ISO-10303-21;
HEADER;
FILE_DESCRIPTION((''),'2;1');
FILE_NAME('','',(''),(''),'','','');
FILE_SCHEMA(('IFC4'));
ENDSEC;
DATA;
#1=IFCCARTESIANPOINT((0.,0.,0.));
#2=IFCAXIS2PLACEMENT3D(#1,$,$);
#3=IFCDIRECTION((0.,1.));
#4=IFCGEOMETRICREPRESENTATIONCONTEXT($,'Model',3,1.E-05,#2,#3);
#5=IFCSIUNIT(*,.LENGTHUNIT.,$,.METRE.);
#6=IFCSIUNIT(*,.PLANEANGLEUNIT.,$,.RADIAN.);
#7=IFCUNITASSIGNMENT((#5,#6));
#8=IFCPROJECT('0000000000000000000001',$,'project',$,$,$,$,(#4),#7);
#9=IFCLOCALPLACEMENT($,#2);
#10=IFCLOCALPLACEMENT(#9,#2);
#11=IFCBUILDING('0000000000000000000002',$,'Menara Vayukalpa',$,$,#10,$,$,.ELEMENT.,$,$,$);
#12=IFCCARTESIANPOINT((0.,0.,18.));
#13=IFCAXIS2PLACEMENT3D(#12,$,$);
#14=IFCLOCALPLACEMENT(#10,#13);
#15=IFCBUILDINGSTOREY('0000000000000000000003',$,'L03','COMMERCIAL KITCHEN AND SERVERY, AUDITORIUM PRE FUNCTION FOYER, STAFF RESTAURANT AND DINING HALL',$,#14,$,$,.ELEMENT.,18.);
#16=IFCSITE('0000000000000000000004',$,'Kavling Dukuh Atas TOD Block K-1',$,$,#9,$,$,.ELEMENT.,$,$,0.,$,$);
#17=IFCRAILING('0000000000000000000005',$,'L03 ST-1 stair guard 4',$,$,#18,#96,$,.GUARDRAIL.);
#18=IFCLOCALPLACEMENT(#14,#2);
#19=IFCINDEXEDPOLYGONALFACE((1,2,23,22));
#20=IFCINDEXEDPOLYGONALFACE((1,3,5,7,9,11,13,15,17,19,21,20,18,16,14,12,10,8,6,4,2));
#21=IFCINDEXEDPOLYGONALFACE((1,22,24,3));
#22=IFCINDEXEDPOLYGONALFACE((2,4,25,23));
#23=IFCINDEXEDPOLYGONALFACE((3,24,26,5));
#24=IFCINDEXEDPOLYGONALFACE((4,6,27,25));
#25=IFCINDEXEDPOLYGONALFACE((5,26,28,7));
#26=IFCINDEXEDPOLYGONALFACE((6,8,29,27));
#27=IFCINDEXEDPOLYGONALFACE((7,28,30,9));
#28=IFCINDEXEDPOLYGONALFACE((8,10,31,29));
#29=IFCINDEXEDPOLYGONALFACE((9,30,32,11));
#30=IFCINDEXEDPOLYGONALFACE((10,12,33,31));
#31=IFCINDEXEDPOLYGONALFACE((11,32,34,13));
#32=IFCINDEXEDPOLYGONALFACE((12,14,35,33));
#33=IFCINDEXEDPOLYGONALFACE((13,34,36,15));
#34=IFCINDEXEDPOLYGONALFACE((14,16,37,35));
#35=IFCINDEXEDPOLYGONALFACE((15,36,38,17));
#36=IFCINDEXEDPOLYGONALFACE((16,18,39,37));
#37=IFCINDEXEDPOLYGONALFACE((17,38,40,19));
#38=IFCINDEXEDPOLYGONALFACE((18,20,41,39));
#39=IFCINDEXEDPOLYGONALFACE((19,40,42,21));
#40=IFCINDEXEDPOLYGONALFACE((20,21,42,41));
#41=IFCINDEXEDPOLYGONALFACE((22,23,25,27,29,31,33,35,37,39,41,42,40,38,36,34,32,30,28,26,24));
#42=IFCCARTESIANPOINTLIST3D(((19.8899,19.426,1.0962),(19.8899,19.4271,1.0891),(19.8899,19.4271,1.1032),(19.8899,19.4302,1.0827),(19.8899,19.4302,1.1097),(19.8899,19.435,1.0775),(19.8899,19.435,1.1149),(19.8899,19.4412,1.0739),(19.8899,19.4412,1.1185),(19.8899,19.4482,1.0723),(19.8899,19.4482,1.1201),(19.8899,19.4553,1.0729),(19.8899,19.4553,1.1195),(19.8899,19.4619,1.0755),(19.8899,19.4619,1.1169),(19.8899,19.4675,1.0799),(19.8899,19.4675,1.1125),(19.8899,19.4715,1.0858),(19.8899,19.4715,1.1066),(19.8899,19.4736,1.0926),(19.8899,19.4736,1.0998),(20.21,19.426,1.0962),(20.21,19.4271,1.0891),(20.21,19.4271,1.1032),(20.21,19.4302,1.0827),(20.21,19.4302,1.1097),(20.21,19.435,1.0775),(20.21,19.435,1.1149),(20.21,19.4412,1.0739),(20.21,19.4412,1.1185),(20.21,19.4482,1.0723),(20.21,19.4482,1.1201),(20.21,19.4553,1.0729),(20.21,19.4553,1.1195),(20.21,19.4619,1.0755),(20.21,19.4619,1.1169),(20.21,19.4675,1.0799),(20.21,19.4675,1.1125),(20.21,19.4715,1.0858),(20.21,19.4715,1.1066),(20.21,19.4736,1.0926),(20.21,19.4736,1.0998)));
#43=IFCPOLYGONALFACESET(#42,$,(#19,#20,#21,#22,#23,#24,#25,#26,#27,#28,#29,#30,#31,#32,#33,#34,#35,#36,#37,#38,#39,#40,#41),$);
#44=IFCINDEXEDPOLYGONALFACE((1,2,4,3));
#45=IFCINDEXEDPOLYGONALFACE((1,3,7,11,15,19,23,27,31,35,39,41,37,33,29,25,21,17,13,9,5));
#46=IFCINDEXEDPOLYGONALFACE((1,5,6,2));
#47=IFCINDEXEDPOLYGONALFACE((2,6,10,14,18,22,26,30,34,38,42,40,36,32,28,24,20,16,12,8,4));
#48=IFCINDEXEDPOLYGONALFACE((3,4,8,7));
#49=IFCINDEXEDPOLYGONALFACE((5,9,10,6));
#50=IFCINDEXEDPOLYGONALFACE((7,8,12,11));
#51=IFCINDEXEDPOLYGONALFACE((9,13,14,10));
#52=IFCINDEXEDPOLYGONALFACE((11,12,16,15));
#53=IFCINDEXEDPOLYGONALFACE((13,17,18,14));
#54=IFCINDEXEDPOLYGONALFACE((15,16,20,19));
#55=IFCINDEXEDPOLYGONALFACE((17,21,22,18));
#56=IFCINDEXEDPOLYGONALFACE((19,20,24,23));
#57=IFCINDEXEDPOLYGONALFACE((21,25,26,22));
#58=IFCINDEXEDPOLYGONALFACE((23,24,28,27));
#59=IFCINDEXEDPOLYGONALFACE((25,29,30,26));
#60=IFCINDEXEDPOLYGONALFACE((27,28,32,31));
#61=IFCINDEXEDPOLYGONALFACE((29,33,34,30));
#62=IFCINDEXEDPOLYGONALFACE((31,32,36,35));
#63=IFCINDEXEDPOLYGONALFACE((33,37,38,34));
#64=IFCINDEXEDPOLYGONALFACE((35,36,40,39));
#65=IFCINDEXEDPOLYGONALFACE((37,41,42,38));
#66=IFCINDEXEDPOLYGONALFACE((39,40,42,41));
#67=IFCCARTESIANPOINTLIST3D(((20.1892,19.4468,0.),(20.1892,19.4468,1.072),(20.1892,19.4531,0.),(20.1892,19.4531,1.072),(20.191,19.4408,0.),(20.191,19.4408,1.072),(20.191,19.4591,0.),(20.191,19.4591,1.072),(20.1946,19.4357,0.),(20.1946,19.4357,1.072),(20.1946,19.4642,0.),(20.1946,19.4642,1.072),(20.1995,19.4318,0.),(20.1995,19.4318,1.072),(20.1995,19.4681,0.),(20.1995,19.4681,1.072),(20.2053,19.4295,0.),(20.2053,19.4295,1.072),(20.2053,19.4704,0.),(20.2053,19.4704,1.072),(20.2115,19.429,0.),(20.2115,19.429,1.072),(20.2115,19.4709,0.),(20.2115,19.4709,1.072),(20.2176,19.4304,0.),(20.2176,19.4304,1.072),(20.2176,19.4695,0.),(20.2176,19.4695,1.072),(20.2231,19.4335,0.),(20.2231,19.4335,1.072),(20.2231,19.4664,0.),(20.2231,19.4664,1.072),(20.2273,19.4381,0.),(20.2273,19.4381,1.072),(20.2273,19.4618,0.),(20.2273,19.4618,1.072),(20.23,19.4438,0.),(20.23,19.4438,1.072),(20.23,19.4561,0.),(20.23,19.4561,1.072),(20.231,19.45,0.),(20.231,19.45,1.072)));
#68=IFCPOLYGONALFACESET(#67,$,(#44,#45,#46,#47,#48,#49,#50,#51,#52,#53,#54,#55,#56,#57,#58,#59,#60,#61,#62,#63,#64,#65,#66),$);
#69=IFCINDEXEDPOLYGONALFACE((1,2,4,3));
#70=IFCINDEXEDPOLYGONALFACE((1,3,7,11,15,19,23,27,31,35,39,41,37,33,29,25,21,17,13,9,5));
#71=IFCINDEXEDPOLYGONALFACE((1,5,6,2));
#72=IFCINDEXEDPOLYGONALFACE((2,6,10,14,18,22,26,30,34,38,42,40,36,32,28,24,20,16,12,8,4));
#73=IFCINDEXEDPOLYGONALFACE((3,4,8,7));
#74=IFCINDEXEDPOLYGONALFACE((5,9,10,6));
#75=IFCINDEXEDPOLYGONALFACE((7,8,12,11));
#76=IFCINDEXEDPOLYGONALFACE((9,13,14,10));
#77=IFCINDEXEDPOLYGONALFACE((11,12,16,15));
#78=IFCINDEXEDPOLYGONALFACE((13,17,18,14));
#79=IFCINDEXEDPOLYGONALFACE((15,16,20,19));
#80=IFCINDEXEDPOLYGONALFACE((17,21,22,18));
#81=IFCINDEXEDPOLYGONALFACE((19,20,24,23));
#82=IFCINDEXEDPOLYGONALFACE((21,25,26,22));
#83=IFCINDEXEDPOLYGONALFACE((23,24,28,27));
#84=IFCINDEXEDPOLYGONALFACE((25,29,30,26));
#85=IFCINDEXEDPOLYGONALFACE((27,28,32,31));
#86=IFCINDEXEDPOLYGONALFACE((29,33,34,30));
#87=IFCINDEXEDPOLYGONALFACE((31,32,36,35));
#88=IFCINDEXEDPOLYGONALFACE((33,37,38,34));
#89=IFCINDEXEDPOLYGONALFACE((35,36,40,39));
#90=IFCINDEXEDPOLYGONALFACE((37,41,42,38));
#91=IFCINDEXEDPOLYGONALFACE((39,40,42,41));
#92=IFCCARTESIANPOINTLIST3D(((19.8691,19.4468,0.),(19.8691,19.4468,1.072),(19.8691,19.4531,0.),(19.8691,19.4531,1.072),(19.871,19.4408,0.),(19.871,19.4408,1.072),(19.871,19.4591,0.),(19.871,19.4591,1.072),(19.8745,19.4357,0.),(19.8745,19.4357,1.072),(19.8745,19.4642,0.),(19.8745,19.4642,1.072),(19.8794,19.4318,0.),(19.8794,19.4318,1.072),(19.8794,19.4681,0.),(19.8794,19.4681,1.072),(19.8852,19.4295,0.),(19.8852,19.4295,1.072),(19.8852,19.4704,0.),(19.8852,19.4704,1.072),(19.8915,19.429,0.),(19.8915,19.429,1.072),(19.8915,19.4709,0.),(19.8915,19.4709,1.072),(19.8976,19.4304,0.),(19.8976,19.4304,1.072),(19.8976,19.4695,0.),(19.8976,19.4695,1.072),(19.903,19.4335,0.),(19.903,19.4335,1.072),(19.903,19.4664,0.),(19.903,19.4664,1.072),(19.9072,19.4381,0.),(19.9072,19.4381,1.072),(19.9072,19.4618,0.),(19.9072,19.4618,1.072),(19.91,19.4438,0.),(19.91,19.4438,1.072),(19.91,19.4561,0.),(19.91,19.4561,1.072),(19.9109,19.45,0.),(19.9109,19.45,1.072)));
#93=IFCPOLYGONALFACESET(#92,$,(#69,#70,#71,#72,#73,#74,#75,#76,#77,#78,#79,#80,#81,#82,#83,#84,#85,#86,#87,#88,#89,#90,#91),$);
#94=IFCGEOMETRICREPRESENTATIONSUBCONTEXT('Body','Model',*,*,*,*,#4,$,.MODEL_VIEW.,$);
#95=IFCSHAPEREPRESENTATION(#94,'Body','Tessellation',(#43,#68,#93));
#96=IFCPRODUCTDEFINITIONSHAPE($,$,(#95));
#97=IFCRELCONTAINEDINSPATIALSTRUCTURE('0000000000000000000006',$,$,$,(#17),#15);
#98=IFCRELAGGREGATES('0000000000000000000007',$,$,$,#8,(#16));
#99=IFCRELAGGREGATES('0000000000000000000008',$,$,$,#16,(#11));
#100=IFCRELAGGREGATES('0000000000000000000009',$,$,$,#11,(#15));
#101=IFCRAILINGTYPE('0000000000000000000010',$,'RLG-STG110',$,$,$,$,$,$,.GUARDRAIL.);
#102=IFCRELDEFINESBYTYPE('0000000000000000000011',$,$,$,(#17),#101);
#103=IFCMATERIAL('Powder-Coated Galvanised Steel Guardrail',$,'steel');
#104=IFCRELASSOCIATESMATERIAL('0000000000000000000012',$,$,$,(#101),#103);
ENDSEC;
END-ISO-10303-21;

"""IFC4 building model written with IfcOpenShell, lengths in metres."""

from ifc_helpers import new_model, si_unit, direction, frame, origin, origin_2d, place, context, subcontext, project, spatial, circle, extrude, material, type_object, element, save


model = new_model("IFC4")

# Units and contexts
model_context = context("Model", 3, precision=1e-05, world=origin(), true_north=direction((0.0, 1.0)))
body_context = subcontext(model_context, "Body", "Model", "MODEL_VIEW")
ifc_project = project(units=[si_unit("LENGTHUNIT", "METRE"), si_unit("PLANEANGLEUNIT", "RADIAN")], contexts=[model_context])

# Site, building, storey
site_placement = place(None, origin())
site = spatial("IfcSite", under=ifc_project, at=site_placement, Name="Kavling Dukuh Atas TOD Block K-1", CompositionType="ELEMENT", RefElevation=0.0)
building_placement = place(site_placement, origin())
building = spatial("IfcBuilding", under=site, at=building_placement, Name="Menara Vayukalpa", CompositionType="ELEMENT")
storey_placement = place(building_placement, frame((0.0, 0.0, 18.0)))
storey = spatial("IfcBuildingStorey", under=building, at=storey_placement, Name="L03", Description="COMMERCIAL KITCHEN AND SERVERY, AUDITORIUM PRE FUNCTION FOYER, STAFF RESTAURANT AND DINING HALL", CompositionType="ELEMENT", Elevation=18.0)

# Railing
ifc_material_1 = material(Name="Powder-Coated Galvanised Steel Guardrail", Category="steel")
railing_type = type_object("IfcRailingType", Name="RLG-STG110", PredefinedType="GUARDRAIL", material=ifc_material_1)
railing_1_placement = place(storey_placement, frame((20.21, 19.45, 0.0)))
element("IfcRailing", 1, at=railing_1_placement, inside=storey, type_object=railing_type, Name="L03 ST-1 stair guard 4", PredefinedType="GUARDRAIL", context=body_context, shape_type="SweptSolid", body=[
    extrude(circle(Radius=0.0239, at=origin_2d()), frame((0.0, 0.0, 1.0962), z_axis=(-1.0, 0.0, 0.0), x_axis=(0.0, -1.0, 0.0)), (0.0, 0.0, 1.0), 0.3201),
    extrude(circle(Radius=0.021, at=origin_2d()), origin(), (0.0, 0.0, 1.0), 1.072),
    extrude(circle(Radius=0.021, at=origin_2d()), frame((-0.3201, 0.0, 0.0)), (0.0, 0.0, 1.0), 1.072),
])

save(model, "model.ifc")
